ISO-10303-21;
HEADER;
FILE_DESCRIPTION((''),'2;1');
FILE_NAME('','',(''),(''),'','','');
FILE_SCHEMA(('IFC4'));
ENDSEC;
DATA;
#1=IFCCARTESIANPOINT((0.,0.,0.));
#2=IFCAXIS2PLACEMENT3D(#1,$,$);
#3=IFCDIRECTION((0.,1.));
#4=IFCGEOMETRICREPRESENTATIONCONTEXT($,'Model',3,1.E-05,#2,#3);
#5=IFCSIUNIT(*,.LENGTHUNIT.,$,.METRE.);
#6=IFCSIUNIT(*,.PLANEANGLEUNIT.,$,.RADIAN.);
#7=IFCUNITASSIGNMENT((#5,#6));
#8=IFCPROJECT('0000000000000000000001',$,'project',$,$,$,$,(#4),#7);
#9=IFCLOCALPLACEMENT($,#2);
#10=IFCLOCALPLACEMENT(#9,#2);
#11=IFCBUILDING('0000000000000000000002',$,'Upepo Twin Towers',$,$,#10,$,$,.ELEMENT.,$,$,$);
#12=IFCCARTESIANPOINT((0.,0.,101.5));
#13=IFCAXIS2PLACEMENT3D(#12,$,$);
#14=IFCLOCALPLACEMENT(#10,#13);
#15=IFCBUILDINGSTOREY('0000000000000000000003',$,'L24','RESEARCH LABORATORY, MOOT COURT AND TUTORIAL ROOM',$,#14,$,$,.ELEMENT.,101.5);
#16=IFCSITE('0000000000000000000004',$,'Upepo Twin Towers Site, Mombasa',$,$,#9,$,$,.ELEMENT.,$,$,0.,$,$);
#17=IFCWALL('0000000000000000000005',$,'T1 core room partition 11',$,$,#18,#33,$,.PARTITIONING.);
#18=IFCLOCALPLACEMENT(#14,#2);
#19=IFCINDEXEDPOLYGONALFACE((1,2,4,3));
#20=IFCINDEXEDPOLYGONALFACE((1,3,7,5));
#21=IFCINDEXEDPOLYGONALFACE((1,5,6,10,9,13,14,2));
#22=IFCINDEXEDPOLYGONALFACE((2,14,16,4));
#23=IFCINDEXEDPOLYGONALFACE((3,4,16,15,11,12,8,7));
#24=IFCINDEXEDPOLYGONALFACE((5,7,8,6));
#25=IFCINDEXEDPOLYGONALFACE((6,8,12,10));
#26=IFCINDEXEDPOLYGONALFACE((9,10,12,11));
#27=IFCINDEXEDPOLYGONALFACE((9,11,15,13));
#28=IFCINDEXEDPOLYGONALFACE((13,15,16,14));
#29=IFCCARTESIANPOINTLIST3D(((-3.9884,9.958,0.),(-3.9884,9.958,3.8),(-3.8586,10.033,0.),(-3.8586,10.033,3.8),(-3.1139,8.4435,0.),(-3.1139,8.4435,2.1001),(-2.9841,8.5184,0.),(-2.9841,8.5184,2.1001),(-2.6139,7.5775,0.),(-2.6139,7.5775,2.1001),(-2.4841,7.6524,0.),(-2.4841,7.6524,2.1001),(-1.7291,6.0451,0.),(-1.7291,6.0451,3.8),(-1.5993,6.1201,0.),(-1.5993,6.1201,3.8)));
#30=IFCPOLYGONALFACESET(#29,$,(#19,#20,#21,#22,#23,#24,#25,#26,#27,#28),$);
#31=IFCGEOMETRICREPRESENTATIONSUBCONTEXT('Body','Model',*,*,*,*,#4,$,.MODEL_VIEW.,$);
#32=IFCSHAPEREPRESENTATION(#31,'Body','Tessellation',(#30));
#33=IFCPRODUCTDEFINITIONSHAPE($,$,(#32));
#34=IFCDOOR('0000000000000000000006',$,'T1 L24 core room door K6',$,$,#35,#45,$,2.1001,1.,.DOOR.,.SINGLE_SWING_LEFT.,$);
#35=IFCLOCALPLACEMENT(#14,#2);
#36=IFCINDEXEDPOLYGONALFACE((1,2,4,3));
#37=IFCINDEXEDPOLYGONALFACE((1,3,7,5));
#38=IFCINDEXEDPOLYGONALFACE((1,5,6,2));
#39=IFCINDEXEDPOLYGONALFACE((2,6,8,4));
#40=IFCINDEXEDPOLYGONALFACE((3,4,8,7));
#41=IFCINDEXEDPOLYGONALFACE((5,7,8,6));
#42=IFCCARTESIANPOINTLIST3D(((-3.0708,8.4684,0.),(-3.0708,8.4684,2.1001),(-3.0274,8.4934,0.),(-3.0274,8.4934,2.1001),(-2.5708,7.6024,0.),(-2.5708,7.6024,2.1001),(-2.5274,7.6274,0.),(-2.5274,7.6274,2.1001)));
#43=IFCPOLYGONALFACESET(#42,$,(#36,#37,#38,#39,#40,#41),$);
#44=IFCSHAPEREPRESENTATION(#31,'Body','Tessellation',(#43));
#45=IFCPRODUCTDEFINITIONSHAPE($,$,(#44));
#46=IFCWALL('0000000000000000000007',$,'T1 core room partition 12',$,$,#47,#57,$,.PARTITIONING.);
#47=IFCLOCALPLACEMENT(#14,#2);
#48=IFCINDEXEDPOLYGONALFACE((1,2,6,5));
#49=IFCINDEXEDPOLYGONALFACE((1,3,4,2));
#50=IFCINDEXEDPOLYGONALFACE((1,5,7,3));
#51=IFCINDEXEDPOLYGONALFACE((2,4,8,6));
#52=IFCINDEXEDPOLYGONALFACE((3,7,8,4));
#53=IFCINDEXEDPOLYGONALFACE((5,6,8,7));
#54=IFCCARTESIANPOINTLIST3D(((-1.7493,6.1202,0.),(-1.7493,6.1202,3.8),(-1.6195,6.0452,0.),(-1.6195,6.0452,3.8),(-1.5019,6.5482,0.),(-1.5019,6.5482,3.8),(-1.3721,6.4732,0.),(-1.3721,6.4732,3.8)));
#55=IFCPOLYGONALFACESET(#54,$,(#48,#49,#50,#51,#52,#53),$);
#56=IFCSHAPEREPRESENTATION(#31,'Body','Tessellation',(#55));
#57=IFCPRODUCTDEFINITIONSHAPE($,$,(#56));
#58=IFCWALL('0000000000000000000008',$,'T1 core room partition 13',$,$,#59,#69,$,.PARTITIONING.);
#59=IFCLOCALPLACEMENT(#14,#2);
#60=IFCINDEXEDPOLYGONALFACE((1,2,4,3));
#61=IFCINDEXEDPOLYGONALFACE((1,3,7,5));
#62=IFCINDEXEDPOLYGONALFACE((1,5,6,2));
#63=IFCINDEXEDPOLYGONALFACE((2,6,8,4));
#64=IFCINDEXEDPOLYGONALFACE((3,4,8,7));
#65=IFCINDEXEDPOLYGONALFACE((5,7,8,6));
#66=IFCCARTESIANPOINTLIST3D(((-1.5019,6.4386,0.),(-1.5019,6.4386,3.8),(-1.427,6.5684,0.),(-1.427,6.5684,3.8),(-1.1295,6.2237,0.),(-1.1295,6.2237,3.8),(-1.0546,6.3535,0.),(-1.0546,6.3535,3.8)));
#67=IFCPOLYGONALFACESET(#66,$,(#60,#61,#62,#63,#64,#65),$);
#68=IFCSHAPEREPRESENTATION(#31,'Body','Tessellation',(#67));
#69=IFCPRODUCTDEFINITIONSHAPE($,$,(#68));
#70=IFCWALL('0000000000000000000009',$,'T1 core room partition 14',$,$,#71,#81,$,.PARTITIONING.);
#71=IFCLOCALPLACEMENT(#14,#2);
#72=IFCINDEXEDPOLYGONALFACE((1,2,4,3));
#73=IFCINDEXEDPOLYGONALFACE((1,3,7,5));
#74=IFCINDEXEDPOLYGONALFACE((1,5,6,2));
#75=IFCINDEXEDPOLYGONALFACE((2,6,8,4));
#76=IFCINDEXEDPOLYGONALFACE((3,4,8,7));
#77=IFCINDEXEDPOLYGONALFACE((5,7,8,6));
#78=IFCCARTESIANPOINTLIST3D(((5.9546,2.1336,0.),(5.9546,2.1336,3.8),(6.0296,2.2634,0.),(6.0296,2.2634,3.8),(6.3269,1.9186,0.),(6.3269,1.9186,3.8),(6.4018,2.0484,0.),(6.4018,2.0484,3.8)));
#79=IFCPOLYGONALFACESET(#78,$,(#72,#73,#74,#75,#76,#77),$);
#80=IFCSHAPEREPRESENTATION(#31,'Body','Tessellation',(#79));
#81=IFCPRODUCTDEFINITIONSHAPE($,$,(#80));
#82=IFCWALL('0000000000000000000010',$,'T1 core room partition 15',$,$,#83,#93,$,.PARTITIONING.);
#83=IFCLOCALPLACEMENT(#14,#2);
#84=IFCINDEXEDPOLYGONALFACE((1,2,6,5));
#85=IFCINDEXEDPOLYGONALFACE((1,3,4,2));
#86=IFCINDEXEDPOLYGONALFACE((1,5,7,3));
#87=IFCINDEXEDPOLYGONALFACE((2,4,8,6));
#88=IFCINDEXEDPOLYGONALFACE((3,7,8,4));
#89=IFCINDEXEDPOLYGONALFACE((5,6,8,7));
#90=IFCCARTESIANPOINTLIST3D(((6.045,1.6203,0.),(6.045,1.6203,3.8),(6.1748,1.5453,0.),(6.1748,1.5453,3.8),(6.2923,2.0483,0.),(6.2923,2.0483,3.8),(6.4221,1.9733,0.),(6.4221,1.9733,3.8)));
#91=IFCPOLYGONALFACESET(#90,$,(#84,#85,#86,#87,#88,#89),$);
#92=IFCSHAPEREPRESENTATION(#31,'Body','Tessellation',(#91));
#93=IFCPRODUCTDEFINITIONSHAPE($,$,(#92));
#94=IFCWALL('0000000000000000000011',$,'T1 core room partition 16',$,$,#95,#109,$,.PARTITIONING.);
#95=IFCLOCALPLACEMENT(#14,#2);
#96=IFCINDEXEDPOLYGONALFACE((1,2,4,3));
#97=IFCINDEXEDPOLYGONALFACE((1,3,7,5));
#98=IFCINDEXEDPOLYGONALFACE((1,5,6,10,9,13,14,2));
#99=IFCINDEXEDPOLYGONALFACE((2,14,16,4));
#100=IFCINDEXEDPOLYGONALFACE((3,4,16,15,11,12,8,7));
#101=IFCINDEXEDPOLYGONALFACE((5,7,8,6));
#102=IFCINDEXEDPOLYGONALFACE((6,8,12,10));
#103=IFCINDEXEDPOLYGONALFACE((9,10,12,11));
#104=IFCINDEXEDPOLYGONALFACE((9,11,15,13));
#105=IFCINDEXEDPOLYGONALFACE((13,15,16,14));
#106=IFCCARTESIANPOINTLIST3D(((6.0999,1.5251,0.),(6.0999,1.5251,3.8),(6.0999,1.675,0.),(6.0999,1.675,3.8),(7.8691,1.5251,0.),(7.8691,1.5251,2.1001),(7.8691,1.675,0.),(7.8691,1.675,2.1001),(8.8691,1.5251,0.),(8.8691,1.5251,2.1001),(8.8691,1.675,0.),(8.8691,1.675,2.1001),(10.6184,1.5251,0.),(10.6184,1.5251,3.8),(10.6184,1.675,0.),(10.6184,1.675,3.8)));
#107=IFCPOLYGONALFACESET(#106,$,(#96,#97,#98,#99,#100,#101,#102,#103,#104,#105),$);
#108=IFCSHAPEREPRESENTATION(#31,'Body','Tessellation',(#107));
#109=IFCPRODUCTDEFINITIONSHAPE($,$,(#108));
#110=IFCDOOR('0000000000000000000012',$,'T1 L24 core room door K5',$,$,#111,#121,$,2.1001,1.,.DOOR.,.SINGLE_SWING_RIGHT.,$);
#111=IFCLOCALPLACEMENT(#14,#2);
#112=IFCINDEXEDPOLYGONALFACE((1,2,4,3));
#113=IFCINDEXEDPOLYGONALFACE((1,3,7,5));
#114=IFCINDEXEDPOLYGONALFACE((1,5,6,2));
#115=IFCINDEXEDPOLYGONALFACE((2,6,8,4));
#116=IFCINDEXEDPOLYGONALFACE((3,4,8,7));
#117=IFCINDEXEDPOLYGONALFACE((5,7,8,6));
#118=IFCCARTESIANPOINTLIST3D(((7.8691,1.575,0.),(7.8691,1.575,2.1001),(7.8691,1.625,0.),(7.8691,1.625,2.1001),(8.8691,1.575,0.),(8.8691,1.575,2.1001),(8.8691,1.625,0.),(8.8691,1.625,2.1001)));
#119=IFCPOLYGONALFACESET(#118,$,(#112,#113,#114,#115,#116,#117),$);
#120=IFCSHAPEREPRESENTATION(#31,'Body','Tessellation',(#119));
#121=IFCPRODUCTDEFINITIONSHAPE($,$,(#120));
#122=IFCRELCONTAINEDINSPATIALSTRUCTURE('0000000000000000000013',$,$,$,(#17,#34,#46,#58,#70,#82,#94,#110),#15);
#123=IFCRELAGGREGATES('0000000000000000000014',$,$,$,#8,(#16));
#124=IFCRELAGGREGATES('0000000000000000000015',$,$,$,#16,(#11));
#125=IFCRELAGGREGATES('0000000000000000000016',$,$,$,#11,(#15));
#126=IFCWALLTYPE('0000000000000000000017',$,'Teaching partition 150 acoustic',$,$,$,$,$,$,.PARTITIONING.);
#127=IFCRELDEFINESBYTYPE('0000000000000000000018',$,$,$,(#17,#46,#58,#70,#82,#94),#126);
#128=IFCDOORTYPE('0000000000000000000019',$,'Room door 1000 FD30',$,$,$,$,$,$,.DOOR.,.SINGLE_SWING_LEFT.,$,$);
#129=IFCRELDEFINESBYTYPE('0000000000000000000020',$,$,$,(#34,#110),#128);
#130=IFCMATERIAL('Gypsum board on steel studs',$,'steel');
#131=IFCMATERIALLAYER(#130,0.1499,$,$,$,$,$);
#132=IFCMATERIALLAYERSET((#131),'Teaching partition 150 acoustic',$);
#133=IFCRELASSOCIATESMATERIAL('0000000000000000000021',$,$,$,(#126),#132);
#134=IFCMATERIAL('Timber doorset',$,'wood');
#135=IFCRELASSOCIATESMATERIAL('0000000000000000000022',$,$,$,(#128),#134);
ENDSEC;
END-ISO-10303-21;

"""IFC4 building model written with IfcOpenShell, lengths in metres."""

from ifc_helpers import new_model, si_unit, direction, frame, frame_2d, origin, place, context, subcontext, project, spatial, rectangle, extrude, material, layer, layer_set, type_object, element, fill, save


model = new_model("IFC4")

# Units and contexts
model_context = context("Model", 3, precision=1e-05, world=origin(), true_north=direction((0.0, 1.0)))
body_context = subcontext(model_context, "Body", "Model", "MODEL_VIEW")
ifc_project = project(units=[si_unit("LENGTHUNIT", "METRE"), si_unit("PLANEANGLEUNIT", "RADIAN")], contexts=[model_context])

# Site, building, storey
site_placement = place(None, origin())
site = spatial("IfcSite", under=ifc_project, at=site_placement, Name="Upepo Twin Towers Site, Mombasa", CompositionType="ELEMENT", RefElevation=0.0)
building_placement = place(site_placement, origin())
building = spatial("IfcBuilding", under=site, at=building_placement, Name="Upepo Twin Towers", CompositionType="ELEMENT")
storey_placement = place(building_placement, frame((0.0, 0.0, 101.5)))
storey = spatial("IfcBuildingStorey", under=building, at=storey_placement, Name="L24", Description="RESEARCH LABORATORY, MOOT COURT AND TUTORIAL ROOM", CompositionType="ELEMENT", Elevation=101.5)

# Wall, opening, door
ifc_material_1 = material(Name="Gypsum board on steel studs", Category="steel")
ifc_layer_1 = layer(ifc_material_1, 0.1499)
ifc_layer_set_1 = layer_set([ifc_layer_1], Name="Teaching partition 150 acoustic")
wall_type_1 = type_object("IfcWallType", Name="Teaching partition 150 acoustic", PredefinedType="PARTITIONING", material=ifc_layer_set_1)
wall_1_placement = place(storey_placement, frame((-3.9236, 9.9956, 0.0), z_axis=(0.0, 0.0, 1.0), x_axis=(0.500033, -0.866007, 0.0)))
wall_1 = element("IfcWall", 1, at=wall_1_placement, inside=storey, type_object=wall_type_1, Name="T1 core room partition 11", PredefinedType="PARTITIONING", context=body_context, shape_type="SweptSolid", body=[
    extrude(rectangle(XDim=4.5183, YDim=0.1499, at=frame_2d((2.2593, 0.0))), origin(), (0.0, 0.0, 1.0), 3.8),
])
opening_1_placement = place(wall_1_placement, frame((1.749, 0.0, 0.0)))
opening_1 = element("IfcOpeningElement", 2, at=opening_1_placement, cuts=wall_1, PredefinedType="OPENING", context=body_context, shape_type="SweptSolid", body=[
    extrude(rectangle(XDim=1.0, YDim=2.1001, at=frame_2d((0.5, 1.05))), frame((0.0, 0.085, 0.0), z_axis=(0.0, -1.0, 0.0), x_axis=(1.0, 0.0, 0.0)), (0.0, 0.0, 1.0), 0.1699),
])
ifc_material_2 = material(Name="Timber doorset", Category="wood")
door_type_1 = type_object("IfcDoorType", Name="Room door 1000 FD30", OperationType="SINGLE_SWING_LEFT", PredefinedType="DOOR", material=ifc_material_2)
door_1_placement = place(opening_1_placement, origin())
door_1 = element("IfcDoor", 3, at=door_1_placement, inside=storey, type_object=door_type_1, Name="T1 L24 core room door K6", OperationType="SINGLE_SWING_LEFT", OverallHeight=2.1001, OverallWidth=1.0, PredefinedType="DOOR", context=body_context, shape_type="SweptSolid", body=[
    extrude(rectangle(XDim=1.0, YDim=2.1001, at=frame_2d((0.5, 1.05))), frame((0.0, 0.0249, 0.0), z_axis=(0.0, -1.0, 0.0), x_axis=(1.0, 0.0, 0.0)), (0.0, 0.0, 1.0), 0.05),
])
fill(opening_1, door_1)

# Walls
wall_2_placement = place(storey_placement, frame((-1.6843, 6.0828, 0.0), z_axis=(0.0, 0.0, 1.0), x_axis=(0.500335, 0.865832, 0.0)))
element("IfcWall", 4, at=wall_2_placement, inside=storey, type_object=wall_type_1, Name="T1 core room partition 12", PredefinedType="PARTITIONING", context=body_context, shape_type="SweptSolid", body=[
    extrude(rectangle(XDim=0.4944, YDim=0.1499, at=frame_2d((0.2471, 0.0))), origin(), (0.0, 0.0, 1.0), 3.8),
])
for number, where, z_axis, x_axis, name in (
    (5, (-1.4644, 6.5034, 0.0), (0.0, 0.0, 1.0), (0.866138, -0.499804, 0.0), "T1 core room partition 13"),
    (6, (5.9922, 2.1985, 0.0), (0.0, 0.0, 1.0), (0.865892, -0.50023, 0.0), "T1 core room partition 14"),
):
    element("IfcWall", number, at=place(storey_placement, frame(where, z_axis=z_axis, x_axis=x_axis)), inside=storey, type_object=wall_type_1, Name=name, PredefinedType="PARTITIONING", context=body_context, shape_type="SweptSolid", body=[
        extrude(rectangle(XDim=0.4299, YDim=0.1499, at=frame_2d((0.2148, 0.0))), origin(), (0.0, 0.0, 1.0), 3.8),
    ])
wall_3_placement = place(storey_placement, frame((6.3572, 2.0107, 0.0), z_axis=(0.0, 0.0, 1.0), x_axis=(-0.500335, -0.865832, 0.0)))
element("IfcWall", 7, at=wall_3_placement, inside=storey, type_object=wall_type_1, Name="T1 core room partition 15", PredefinedType="PARTITIONING", context=body_context, shape_type="SweptSolid", body=[
    extrude(rectangle(XDim=0.4944, YDim=0.1499, at=frame_2d((0.2471, 0.0))), origin(), (0.0, 0.0, 1.0), 3.8),
])

# Wall, opening, door
wall_4_placement = place(storey_placement, frame((6.0999, 1.6001, 0.0), z_axis=(0.0, 0.0, 1.0), x_axis=(1.0, 0.0, 0.0)))
wall_4 = element("IfcWall", 8, at=wall_4_placement, inside=storey, type_object=wall_type_1, Name="T1 core room partition 16", PredefinedType="PARTITIONING", context=body_context, shape_type="SweptSolid", body=[
    extrude(rectangle(XDim=4.5186, YDim=0.1499, at=frame_2d((2.2593, 0.0))), origin(), (0.0, 0.0, 1.0), 3.8),
])
opening_2_placement = place(wall_4_placement, frame((1.7693, 0.0, 0.0)))
opening_2 = element("IfcOpeningElement", 9, at=opening_2_placement, cuts=wall_4, PredefinedType="OPENING", context=body_context, shape_type="SweptSolid", body=[
    extrude(rectangle(XDim=1.0, YDim=2.1001, at=frame_2d((0.5, 1.05))), frame((0.0, 0.085, 0.0), z_axis=(0.0, -1.0, 0.0), x_axis=(1.0, 0.0, 0.0)), (0.0, 0.0, 1.0), 0.1699),
])
door_2_placement = place(opening_2_placement, origin())
door_2 = element("IfcDoor", 10, at=door_2_placement, inside=storey, type_object=door_type_1, Name="T1 L24 core room door K5", OperationType="SINGLE_SWING_RIGHT", OverallHeight=2.1001, OverallWidth=1.0, PredefinedType="DOOR", context=body_context, shape_type="SweptSolid", body=[
    extrude(rectangle(XDim=1.0, YDim=2.1001, at=frame_2d((0.5, 1.05))), frame((0.0, 0.0249, 0.0), z_axis=(0.0, -1.0, 0.0), x_axis=(1.0, 0.0, 0.0)), (0.0, 0.0, 1.0), 0.05),
])
fill(opening_2, door_2)

save(model, "model.ifc")
